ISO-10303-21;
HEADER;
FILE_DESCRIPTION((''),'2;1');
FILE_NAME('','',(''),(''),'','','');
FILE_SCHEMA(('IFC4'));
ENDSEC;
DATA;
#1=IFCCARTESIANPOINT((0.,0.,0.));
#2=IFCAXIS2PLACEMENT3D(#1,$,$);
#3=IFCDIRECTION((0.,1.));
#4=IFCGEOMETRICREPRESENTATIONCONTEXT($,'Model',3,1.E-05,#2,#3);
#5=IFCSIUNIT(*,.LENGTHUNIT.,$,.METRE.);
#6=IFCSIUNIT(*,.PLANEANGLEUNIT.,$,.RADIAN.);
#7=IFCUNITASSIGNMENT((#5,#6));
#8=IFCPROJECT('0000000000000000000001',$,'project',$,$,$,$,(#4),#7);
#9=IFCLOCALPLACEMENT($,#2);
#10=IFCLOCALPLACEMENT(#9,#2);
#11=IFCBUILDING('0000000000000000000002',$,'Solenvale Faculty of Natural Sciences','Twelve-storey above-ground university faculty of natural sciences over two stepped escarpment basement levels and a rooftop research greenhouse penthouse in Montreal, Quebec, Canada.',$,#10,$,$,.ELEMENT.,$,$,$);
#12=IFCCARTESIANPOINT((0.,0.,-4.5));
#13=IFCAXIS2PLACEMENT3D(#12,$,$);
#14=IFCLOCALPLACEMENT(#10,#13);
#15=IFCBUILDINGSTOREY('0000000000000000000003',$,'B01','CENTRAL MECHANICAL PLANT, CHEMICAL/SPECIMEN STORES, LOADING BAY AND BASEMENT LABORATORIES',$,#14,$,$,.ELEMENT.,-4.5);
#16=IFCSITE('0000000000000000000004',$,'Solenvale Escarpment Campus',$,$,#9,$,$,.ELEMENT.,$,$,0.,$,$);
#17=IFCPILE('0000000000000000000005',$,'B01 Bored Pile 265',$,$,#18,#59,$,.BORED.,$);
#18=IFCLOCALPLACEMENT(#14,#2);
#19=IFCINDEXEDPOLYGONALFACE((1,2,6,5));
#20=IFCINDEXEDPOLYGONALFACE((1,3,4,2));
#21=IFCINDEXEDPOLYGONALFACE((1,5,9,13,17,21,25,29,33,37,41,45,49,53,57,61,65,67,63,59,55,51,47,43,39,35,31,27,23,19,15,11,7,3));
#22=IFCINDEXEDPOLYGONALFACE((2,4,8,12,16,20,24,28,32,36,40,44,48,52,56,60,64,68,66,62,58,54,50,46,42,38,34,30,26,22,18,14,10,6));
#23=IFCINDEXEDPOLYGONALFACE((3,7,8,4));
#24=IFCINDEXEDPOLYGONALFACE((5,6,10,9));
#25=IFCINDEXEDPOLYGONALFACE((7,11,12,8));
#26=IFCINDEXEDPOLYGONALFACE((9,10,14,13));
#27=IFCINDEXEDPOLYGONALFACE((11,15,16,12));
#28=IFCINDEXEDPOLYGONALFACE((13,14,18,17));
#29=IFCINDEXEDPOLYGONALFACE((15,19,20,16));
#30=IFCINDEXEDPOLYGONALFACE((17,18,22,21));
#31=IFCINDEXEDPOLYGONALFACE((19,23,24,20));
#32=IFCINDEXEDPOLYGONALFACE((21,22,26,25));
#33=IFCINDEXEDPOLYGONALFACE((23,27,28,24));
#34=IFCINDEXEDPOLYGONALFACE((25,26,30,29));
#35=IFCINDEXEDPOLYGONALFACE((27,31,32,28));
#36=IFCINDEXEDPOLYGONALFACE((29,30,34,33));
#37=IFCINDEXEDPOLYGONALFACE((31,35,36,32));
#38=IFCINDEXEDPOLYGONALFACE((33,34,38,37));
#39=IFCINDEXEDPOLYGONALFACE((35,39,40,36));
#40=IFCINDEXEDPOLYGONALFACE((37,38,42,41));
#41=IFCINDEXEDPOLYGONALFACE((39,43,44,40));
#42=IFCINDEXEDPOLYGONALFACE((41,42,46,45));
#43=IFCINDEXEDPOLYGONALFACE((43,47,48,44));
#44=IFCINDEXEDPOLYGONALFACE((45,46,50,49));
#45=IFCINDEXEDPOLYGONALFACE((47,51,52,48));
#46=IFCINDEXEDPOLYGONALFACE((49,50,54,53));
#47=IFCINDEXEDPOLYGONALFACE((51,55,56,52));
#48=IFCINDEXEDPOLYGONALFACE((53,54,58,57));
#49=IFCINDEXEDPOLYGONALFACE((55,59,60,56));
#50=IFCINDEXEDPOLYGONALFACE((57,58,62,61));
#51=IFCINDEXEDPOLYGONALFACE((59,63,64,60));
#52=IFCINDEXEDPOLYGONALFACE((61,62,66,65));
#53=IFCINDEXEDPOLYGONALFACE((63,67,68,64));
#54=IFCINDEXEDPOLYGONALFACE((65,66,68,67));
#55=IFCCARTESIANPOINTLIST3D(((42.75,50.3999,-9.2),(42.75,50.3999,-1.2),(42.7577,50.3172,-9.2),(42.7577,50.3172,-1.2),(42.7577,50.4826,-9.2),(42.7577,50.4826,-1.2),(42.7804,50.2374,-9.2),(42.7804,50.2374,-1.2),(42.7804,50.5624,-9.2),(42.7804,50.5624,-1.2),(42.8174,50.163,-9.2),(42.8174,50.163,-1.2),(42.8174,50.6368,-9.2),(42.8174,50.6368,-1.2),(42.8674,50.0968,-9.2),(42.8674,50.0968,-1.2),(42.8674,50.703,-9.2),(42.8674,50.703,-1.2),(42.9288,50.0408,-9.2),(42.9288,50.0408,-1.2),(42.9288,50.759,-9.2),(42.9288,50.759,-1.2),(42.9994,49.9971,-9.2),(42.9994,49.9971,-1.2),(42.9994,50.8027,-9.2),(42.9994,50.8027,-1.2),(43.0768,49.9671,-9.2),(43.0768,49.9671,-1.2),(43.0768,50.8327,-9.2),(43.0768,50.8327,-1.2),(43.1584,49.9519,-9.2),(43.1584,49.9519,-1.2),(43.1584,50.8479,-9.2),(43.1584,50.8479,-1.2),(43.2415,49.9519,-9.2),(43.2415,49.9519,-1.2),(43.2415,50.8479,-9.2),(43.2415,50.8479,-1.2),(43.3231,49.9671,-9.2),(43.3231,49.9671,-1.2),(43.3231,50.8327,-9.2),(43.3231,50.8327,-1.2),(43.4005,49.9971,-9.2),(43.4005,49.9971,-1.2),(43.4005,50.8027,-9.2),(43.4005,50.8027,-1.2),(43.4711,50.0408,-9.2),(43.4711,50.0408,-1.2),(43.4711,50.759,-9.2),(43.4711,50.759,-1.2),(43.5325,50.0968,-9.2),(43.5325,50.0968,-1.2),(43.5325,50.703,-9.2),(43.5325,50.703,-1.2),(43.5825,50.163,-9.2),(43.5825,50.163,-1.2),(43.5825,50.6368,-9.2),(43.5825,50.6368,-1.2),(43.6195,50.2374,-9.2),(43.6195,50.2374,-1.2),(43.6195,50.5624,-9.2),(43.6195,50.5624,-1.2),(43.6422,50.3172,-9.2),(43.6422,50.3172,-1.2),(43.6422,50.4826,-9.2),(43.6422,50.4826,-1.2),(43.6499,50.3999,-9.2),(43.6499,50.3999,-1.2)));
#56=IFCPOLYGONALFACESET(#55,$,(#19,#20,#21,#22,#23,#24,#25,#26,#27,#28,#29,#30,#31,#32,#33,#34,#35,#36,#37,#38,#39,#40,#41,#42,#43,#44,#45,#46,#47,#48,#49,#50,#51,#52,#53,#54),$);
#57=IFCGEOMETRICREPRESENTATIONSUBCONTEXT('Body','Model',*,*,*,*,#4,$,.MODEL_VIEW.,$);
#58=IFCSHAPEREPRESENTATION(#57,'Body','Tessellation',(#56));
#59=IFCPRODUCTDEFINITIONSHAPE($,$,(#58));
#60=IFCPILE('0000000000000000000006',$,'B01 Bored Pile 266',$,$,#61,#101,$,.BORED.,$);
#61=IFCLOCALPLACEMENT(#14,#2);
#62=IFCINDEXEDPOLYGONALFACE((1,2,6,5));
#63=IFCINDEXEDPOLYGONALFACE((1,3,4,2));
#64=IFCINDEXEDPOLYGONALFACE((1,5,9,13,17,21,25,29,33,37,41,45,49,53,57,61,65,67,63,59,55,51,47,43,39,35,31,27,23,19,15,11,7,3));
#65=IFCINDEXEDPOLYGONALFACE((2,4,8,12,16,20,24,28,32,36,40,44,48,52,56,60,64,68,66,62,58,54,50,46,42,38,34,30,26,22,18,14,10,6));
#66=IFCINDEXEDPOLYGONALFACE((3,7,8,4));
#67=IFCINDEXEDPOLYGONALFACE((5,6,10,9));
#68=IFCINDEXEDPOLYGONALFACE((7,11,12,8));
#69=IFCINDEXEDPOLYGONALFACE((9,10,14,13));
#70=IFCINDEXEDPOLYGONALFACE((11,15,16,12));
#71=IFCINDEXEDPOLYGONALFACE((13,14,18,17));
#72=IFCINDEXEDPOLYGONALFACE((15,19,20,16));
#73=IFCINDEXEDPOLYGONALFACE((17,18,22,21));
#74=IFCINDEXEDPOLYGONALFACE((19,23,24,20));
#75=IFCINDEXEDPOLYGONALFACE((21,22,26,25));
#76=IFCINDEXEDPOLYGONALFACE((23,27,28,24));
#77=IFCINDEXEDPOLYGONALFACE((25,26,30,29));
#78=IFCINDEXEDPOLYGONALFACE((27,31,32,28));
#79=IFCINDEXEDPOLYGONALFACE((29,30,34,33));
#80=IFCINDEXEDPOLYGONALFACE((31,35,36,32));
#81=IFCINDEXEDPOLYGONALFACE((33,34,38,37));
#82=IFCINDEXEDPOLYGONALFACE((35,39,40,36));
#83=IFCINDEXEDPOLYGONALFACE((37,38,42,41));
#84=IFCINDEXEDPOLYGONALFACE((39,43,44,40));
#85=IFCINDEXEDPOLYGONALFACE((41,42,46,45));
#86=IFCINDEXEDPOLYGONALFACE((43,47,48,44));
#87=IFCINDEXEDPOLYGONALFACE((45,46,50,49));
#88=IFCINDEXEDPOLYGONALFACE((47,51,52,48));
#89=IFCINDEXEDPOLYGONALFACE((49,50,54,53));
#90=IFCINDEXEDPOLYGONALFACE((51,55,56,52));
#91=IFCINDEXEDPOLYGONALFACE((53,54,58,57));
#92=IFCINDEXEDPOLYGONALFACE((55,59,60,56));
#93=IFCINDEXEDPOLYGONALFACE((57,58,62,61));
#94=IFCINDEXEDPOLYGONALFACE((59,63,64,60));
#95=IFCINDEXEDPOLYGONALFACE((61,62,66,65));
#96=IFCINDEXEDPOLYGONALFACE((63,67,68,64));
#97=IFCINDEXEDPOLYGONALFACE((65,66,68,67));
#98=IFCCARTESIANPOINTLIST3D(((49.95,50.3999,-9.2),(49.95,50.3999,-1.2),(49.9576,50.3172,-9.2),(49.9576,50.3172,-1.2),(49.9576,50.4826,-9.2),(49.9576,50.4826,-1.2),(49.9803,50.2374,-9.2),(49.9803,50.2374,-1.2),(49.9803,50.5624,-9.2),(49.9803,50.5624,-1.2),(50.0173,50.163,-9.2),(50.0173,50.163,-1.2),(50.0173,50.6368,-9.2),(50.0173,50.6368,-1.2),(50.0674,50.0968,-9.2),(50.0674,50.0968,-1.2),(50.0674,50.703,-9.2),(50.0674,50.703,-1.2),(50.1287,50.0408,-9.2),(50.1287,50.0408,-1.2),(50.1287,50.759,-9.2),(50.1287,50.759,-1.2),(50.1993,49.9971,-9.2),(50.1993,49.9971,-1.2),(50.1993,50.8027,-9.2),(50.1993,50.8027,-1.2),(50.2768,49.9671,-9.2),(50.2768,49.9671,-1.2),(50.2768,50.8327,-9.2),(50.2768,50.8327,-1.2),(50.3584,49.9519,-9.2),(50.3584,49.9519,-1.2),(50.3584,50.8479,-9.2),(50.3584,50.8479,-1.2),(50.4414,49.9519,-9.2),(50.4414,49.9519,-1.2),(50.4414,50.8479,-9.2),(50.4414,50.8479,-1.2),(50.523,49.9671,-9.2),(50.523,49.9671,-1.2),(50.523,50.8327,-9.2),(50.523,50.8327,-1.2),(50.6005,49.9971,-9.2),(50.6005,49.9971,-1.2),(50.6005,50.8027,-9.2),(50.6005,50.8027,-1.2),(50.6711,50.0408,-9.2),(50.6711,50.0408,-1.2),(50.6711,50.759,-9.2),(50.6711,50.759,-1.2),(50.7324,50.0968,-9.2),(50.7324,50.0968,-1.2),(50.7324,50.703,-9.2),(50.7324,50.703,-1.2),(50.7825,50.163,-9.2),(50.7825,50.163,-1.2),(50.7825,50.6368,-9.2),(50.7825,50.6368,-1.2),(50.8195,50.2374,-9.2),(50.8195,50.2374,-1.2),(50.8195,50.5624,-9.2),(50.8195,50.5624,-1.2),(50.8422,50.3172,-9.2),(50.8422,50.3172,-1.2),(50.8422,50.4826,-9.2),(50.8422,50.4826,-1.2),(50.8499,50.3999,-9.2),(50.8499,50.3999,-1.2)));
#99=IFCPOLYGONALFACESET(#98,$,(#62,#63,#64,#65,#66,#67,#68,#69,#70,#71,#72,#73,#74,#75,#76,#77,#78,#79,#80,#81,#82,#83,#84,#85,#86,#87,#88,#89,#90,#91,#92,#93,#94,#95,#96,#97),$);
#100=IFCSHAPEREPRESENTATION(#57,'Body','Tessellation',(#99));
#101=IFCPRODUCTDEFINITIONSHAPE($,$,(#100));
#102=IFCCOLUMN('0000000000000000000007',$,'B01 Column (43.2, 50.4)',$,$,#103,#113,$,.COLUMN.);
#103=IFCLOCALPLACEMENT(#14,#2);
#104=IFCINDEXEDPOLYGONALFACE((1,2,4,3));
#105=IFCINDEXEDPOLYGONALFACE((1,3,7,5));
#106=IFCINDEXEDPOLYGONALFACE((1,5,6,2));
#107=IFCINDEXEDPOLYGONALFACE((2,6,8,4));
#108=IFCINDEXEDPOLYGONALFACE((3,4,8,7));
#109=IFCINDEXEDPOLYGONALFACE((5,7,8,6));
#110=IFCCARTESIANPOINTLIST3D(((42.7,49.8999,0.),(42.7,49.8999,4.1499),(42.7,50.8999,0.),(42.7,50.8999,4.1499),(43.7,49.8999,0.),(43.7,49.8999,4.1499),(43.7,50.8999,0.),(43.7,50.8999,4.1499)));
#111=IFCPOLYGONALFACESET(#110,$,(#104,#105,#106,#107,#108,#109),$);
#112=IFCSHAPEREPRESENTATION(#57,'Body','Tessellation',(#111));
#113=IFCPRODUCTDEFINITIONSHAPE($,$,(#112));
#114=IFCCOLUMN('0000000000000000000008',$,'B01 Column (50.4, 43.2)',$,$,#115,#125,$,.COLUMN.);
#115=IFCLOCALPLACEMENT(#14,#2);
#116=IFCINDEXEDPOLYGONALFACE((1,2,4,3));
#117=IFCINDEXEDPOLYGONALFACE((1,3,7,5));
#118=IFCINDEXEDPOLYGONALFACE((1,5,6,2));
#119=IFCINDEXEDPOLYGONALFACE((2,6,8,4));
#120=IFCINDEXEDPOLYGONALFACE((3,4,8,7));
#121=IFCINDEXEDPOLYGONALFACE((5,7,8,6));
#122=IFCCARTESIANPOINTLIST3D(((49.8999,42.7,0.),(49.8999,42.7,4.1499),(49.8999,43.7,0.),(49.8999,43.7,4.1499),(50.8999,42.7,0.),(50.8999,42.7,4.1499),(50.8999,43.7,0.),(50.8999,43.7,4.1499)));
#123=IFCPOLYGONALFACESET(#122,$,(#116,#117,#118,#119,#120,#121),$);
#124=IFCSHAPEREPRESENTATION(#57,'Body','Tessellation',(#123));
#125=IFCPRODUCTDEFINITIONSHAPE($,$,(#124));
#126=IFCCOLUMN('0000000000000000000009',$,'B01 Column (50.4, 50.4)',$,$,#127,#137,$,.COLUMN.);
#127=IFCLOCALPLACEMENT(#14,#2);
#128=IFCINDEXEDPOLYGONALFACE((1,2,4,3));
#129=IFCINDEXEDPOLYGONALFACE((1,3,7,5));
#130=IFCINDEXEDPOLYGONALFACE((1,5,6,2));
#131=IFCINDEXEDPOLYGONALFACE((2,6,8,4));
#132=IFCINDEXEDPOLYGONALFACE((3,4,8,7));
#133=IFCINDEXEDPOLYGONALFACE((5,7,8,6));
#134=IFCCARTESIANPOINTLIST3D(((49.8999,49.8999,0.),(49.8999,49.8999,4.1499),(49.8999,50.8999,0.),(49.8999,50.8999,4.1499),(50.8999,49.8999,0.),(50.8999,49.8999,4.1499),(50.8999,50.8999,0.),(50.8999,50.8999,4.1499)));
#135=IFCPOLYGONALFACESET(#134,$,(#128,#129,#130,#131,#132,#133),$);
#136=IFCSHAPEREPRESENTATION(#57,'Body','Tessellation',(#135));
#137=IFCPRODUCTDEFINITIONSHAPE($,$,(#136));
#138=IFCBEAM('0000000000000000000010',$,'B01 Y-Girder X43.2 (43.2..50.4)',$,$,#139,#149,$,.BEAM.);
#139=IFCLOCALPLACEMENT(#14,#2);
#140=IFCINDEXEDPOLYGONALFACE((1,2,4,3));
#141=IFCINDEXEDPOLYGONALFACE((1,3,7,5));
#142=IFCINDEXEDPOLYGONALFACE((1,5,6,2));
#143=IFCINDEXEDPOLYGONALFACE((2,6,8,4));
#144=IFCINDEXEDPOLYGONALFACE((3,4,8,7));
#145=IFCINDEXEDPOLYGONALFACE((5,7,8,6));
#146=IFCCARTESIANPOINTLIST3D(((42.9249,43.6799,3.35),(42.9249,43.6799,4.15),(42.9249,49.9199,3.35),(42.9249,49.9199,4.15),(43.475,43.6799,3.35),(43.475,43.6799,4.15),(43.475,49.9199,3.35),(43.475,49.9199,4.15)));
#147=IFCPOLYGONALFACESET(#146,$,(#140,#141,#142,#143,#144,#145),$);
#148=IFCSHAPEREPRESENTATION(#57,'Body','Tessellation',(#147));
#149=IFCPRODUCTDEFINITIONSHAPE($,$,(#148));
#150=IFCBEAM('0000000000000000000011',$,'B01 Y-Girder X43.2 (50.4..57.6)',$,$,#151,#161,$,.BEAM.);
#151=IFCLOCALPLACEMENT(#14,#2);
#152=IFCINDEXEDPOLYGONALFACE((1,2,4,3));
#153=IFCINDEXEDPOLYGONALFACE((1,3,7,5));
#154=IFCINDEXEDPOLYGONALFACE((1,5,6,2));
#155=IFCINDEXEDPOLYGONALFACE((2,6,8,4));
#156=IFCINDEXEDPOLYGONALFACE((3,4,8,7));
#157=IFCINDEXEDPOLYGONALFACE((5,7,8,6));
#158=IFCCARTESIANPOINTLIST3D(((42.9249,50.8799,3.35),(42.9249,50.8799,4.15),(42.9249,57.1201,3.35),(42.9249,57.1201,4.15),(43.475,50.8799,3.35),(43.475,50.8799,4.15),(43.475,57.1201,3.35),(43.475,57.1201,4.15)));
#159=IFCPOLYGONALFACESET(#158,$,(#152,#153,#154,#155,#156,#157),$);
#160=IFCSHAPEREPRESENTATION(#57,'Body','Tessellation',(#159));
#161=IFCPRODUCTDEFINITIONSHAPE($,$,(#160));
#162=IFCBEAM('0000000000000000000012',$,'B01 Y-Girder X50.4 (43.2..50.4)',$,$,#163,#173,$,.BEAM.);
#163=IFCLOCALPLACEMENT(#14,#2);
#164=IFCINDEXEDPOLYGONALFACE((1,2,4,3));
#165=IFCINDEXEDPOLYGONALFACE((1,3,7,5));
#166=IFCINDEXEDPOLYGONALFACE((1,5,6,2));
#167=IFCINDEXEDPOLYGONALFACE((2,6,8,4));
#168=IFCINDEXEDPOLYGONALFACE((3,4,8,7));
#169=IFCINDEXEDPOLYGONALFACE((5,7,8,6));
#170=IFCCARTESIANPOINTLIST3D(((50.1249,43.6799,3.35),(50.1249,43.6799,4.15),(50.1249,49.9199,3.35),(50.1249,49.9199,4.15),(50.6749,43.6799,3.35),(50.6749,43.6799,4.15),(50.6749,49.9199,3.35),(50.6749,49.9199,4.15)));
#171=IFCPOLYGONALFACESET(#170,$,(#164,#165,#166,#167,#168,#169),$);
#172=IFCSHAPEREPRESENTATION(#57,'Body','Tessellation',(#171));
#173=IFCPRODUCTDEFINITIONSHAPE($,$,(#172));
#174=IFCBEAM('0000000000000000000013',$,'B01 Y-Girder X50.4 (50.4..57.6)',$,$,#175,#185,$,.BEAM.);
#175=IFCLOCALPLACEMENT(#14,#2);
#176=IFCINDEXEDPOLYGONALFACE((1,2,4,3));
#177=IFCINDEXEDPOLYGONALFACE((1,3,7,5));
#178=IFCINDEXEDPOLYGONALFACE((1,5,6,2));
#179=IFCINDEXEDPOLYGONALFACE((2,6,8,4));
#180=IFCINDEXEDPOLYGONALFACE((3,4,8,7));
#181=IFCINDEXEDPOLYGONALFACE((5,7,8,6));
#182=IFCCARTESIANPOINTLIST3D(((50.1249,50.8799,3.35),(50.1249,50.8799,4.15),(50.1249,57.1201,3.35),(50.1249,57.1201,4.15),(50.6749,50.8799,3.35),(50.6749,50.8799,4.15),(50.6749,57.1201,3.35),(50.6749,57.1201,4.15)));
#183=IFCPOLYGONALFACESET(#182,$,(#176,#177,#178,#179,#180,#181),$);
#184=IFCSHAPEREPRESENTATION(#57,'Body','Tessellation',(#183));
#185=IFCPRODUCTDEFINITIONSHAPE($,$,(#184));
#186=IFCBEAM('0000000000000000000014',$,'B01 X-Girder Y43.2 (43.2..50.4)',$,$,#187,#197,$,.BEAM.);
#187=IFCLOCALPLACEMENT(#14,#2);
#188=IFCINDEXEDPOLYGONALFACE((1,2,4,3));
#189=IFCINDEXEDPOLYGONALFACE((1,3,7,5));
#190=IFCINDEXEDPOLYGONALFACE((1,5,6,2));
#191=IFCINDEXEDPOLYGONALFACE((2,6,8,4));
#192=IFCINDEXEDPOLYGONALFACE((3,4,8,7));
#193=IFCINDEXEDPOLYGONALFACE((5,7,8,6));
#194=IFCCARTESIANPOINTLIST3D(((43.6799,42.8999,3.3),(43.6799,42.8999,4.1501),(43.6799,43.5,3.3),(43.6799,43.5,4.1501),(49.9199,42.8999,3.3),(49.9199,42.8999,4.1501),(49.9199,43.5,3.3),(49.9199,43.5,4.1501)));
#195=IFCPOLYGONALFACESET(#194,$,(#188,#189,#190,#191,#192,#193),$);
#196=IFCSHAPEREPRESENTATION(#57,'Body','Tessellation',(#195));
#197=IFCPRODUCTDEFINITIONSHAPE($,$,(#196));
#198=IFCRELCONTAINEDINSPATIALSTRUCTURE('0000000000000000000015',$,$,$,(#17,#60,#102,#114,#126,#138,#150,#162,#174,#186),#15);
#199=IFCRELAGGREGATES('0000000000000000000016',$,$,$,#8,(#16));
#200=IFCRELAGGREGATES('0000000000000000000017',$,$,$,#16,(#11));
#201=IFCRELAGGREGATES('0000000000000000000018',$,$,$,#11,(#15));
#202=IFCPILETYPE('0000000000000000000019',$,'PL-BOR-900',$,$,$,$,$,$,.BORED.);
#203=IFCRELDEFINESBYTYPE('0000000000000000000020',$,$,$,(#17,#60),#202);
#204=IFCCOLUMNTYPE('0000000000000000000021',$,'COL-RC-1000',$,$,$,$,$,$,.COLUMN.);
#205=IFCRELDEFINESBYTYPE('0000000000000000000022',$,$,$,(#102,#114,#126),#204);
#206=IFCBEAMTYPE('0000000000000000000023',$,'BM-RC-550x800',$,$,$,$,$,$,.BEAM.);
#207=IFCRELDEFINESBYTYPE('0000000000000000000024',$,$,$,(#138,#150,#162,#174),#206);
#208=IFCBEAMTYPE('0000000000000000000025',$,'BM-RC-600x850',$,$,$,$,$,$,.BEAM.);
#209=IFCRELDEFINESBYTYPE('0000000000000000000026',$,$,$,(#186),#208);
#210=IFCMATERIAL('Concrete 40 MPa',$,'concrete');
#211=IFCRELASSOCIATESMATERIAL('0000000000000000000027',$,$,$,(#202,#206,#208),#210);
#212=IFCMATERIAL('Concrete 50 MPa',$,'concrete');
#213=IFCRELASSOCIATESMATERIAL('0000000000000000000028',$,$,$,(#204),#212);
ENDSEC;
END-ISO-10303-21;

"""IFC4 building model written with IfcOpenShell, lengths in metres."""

from ifc_helpers import new_model, si_unit, direction, frame, origin, origin_2d, place, context, subcontext, project, spatial, rectangle, circle, extrude, material, material_profile, profile_set, type_object, element, save


model = new_model("IFC4")

# Units and contexts
model_context = context("Model", 3, precision=1e-05, world=origin(), true_north=direction((0.0, 1.0)))
body_context = subcontext(model_context, "Body", "Model", "MODEL_VIEW")
ifc_project = project(units=[si_unit("LENGTHUNIT", "METRE"), si_unit("PLANEANGLEUNIT", "RADIAN")], contexts=[model_context])

# Site, building, storey
site_placement = place(None, origin())
site = spatial("IfcSite", under=ifc_project, at=site_placement, Name="Solenvale Escarpment Campus", CompositionType="ELEMENT", RefElevation=0.0)
building_placement = place(site_placement, origin())
building = spatial("IfcBuilding", under=site, at=building_placement, Name="Solenvale Faculty of Natural Sciences", Description="Twelve-storey above-ground university faculty of natural sciences over two stepped escarpment basement levels and a rooftop research greenhouse penthouse in Montreal, Quebec, Canada.", CompositionType="ELEMENT")
storey_placement = place(building_placement, frame((0.0, 0.0, -4.5)))
storey = spatial("IfcBuildingStorey", under=building, at=storey_placement, Name="B01", Description="CENTRAL MECHANICAL PLANT, CHEMICAL/SPECIMEN STORES, LOADING BAY AND BASEMENT LABORATORIES", CompositionType="ELEMENT", Elevation=-4.5)

# Shared definitions
ifc_material_1 = material(Name="Concrete 40 MPa", Category="concrete")

# Piles
ifc_material_profile_1 = material_profile(ifc_material_1, circle(Radius=0.45, at=origin_2d()), Name="PILE-D900")
ifc_profile_set_1 = profile_set([ifc_material_profile_1], Name="Concrete 40 MPa")
pile_type_1 = type_object("IfcPileType", Name="PL-BOR-900", PredefinedType="BORED", material=ifc_profile_set_1)
for number, where, z_axis, x_axis, name in (
    (1, (43.2, 50.3999, -1.2), (0.0, 0.0, -1.0), (1.0, 0.0, 0.0), "B01 Bored Pile 265"),
    (2, (50.3999, 50.3999, -1.2), (0.0, 0.0, -1.0), (1.0, 0.0, 0.0), "B01 Bored Pile 266"),
):
    element("IfcPile", number, at=place(storey_placement, frame(where, z_axis=z_axis, x_axis=x_axis)), inside=storey, type_object=pile_type_1, Name=name, PredefinedType="BORED", context=body_context, shape_type="SweptSolid", body=[
        extrude(circle(Radius=0.45, at=origin_2d()), origin(), (0.0, 0.0, 1.0), 8.0),
    ])

# Columns
ifc_material_2 = material(Name="Concrete 50 MPa", Category="concrete")
ifc_material_profile_2 = material_profile(ifc_material_2, rectangle(XDim=1.0, YDim=1.0, at=origin_2d()), Name="RC-COL-1000x1000")
ifc_profile_set_2 = profile_set([ifc_material_profile_2], Name="Concrete 50 MPa")
column_type = type_object("IfcColumnType", Name="COL-RC-1000", PredefinedType="COLUMN", material=ifc_profile_set_2)
for number, where, z_axis, x_axis, name in (
    (3, (43.2, 50.3999, 0.0), (0.0, 0.0, 1.0), (1.0, 0.0, 0.0), "B01 Column (43.2, 50.4)"),
    (4, (50.3999, 43.2, 0.0), (0.0, 0.0, 1.0), (1.0, 0.0, 0.0), "B01 Column (50.4, 43.2)"),
    (5, (50.3999, 50.3999, 0.0), (0.0, 0.0, 1.0), (1.0, 0.0, 0.0), "B01 Column (50.4, 50.4)"),
):
    element("IfcColumn", number, at=place(storey_placement, frame(where, z_axis=z_axis, x_axis=x_axis)), inside=storey, type_object=column_type, Name=name, PredefinedType="COLUMN", context=body_context, shape_type="SweptSolid", body=[
        extrude(rectangle(XDim=1.0, YDim=1.0, at=origin_2d()), origin(), (0.0, 0.0, 1.0), 4.1499),
    ])

# Beams
ifc_material_profile_3 = material_profile(ifc_material_1, rectangle(XDim=0.55, YDim=0.8, at=origin_2d()), Name="RC-BM-550x800")
ifc_profile_set_3 = profile_set([ifc_material_profile_3], Name="Concrete 40 MPa")
beam_type_1 = type_object("IfcBeamType", Name="BM-RC-550x800", PredefinedType="BEAM", material=ifc_profile_set_3)
beam_1_placement = place(storey_placement, frame((43.2, 43.6799, 3.75), z_axis=(0.0, 1.0, 0.0), x_axis=(-1.0, 0.0, 0.0)))
element("IfcBeam", 6, at=beam_1_placement, inside=storey, type_object=beam_type_1, Name="B01 Y-Girder X43.2 (43.2..50.4)", PredefinedType="BEAM", context=body_context, shape_type="SweptSolid", body=[
    extrude(rectangle(XDim=0.55, YDim=0.8, at=origin_2d()), origin(), (0.0, 0.0, 1.0), 6.24),
])
beam_2_placement = place(storey_placement, frame((43.2, 50.8799, 3.75), z_axis=(0.0, 1.0, 0.0), x_axis=(-1.0, 0.0, 0.0)))
element("IfcBeam", 7, at=beam_2_placement, inside=storey, type_object=beam_type_1, Name="B01 Y-Girder X43.2 (50.4..57.6)", PredefinedType="BEAM", context=body_context, shape_type="SweptSolid", body=[
    extrude(rectangle(XDim=0.55, YDim=0.8, at=origin_2d()), origin(), (0.0, 0.0, 1.0), 6.2402),
])
beam_3_placement = place(storey_placement, frame((50.3999, 43.6799, 3.75), z_axis=(0.0, 1.0, 0.0), x_axis=(-1.0, 0.0, 0.0)))
element("IfcBeam", 8, at=beam_3_placement, inside=storey, type_object=beam_type_1, Name="B01 Y-Girder X50.4 (43.2..50.4)", PredefinedType="BEAM", context=body_context, shape_type="SweptSolid", body=[
    extrude(rectangle(XDim=0.55, YDim=0.8, at=origin_2d()), origin(), (0.0, 0.0, 1.0), 6.24),
])
beam_4_placement = place(storey_placement, frame((50.3999, 50.8799, 3.75), z_axis=(0.0, 1.0, 0.0), x_axis=(-1.0, 0.0, 0.0)))
element("IfcBeam", 9, at=beam_4_placement, inside=storey, type_object=beam_type_1, Name="B01 Y-Girder X50.4 (50.4..57.6)", PredefinedType="BEAM", context=body_context, shape_type="SweptSolid", body=[
    extrude(rectangle(XDim=0.55, YDim=0.8, at=origin_2d()), origin(), (0.0, 0.0, 1.0), 6.2402),
])
ifc_material_profile_4 = material_profile(ifc_material_1, rectangle(XDim=0.6001, YDim=0.8501, at=origin_2d()), Name="RC-BM-600x850")
ifc_profile_set_4 = profile_set([ifc_material_profile_4], Name="Concrete 40 MPa")
beam_type_2 = type_object("IfcBeamType", Name="BM-RC-600x850", PredefinedType="BEAM", material=ifc_profile_set_4)
beam_5_placement = place(storey_placement, frame((43.6799, 43.2, 3.7251), z_axis=(1.0, 0.0, 0.0), x_axis=(0.0, 1.0, 0.0)))
element("IfcBeam", 10, at=beam_5_placement, inside=storey, type_object=beam_type_2, Name="B01 X-Girder Y43.2 (43.2..50.4)", PredefinedType="BEAM", context=body_context, shape_type="SweptSolid", body=[
    extrude(rectangle(XDim=0.6001, YDim=0.8501, at=origin_2d()), origin(), (0.0, 0.0, 1.0), 6.24),
])

save(model, "model.ifc")
